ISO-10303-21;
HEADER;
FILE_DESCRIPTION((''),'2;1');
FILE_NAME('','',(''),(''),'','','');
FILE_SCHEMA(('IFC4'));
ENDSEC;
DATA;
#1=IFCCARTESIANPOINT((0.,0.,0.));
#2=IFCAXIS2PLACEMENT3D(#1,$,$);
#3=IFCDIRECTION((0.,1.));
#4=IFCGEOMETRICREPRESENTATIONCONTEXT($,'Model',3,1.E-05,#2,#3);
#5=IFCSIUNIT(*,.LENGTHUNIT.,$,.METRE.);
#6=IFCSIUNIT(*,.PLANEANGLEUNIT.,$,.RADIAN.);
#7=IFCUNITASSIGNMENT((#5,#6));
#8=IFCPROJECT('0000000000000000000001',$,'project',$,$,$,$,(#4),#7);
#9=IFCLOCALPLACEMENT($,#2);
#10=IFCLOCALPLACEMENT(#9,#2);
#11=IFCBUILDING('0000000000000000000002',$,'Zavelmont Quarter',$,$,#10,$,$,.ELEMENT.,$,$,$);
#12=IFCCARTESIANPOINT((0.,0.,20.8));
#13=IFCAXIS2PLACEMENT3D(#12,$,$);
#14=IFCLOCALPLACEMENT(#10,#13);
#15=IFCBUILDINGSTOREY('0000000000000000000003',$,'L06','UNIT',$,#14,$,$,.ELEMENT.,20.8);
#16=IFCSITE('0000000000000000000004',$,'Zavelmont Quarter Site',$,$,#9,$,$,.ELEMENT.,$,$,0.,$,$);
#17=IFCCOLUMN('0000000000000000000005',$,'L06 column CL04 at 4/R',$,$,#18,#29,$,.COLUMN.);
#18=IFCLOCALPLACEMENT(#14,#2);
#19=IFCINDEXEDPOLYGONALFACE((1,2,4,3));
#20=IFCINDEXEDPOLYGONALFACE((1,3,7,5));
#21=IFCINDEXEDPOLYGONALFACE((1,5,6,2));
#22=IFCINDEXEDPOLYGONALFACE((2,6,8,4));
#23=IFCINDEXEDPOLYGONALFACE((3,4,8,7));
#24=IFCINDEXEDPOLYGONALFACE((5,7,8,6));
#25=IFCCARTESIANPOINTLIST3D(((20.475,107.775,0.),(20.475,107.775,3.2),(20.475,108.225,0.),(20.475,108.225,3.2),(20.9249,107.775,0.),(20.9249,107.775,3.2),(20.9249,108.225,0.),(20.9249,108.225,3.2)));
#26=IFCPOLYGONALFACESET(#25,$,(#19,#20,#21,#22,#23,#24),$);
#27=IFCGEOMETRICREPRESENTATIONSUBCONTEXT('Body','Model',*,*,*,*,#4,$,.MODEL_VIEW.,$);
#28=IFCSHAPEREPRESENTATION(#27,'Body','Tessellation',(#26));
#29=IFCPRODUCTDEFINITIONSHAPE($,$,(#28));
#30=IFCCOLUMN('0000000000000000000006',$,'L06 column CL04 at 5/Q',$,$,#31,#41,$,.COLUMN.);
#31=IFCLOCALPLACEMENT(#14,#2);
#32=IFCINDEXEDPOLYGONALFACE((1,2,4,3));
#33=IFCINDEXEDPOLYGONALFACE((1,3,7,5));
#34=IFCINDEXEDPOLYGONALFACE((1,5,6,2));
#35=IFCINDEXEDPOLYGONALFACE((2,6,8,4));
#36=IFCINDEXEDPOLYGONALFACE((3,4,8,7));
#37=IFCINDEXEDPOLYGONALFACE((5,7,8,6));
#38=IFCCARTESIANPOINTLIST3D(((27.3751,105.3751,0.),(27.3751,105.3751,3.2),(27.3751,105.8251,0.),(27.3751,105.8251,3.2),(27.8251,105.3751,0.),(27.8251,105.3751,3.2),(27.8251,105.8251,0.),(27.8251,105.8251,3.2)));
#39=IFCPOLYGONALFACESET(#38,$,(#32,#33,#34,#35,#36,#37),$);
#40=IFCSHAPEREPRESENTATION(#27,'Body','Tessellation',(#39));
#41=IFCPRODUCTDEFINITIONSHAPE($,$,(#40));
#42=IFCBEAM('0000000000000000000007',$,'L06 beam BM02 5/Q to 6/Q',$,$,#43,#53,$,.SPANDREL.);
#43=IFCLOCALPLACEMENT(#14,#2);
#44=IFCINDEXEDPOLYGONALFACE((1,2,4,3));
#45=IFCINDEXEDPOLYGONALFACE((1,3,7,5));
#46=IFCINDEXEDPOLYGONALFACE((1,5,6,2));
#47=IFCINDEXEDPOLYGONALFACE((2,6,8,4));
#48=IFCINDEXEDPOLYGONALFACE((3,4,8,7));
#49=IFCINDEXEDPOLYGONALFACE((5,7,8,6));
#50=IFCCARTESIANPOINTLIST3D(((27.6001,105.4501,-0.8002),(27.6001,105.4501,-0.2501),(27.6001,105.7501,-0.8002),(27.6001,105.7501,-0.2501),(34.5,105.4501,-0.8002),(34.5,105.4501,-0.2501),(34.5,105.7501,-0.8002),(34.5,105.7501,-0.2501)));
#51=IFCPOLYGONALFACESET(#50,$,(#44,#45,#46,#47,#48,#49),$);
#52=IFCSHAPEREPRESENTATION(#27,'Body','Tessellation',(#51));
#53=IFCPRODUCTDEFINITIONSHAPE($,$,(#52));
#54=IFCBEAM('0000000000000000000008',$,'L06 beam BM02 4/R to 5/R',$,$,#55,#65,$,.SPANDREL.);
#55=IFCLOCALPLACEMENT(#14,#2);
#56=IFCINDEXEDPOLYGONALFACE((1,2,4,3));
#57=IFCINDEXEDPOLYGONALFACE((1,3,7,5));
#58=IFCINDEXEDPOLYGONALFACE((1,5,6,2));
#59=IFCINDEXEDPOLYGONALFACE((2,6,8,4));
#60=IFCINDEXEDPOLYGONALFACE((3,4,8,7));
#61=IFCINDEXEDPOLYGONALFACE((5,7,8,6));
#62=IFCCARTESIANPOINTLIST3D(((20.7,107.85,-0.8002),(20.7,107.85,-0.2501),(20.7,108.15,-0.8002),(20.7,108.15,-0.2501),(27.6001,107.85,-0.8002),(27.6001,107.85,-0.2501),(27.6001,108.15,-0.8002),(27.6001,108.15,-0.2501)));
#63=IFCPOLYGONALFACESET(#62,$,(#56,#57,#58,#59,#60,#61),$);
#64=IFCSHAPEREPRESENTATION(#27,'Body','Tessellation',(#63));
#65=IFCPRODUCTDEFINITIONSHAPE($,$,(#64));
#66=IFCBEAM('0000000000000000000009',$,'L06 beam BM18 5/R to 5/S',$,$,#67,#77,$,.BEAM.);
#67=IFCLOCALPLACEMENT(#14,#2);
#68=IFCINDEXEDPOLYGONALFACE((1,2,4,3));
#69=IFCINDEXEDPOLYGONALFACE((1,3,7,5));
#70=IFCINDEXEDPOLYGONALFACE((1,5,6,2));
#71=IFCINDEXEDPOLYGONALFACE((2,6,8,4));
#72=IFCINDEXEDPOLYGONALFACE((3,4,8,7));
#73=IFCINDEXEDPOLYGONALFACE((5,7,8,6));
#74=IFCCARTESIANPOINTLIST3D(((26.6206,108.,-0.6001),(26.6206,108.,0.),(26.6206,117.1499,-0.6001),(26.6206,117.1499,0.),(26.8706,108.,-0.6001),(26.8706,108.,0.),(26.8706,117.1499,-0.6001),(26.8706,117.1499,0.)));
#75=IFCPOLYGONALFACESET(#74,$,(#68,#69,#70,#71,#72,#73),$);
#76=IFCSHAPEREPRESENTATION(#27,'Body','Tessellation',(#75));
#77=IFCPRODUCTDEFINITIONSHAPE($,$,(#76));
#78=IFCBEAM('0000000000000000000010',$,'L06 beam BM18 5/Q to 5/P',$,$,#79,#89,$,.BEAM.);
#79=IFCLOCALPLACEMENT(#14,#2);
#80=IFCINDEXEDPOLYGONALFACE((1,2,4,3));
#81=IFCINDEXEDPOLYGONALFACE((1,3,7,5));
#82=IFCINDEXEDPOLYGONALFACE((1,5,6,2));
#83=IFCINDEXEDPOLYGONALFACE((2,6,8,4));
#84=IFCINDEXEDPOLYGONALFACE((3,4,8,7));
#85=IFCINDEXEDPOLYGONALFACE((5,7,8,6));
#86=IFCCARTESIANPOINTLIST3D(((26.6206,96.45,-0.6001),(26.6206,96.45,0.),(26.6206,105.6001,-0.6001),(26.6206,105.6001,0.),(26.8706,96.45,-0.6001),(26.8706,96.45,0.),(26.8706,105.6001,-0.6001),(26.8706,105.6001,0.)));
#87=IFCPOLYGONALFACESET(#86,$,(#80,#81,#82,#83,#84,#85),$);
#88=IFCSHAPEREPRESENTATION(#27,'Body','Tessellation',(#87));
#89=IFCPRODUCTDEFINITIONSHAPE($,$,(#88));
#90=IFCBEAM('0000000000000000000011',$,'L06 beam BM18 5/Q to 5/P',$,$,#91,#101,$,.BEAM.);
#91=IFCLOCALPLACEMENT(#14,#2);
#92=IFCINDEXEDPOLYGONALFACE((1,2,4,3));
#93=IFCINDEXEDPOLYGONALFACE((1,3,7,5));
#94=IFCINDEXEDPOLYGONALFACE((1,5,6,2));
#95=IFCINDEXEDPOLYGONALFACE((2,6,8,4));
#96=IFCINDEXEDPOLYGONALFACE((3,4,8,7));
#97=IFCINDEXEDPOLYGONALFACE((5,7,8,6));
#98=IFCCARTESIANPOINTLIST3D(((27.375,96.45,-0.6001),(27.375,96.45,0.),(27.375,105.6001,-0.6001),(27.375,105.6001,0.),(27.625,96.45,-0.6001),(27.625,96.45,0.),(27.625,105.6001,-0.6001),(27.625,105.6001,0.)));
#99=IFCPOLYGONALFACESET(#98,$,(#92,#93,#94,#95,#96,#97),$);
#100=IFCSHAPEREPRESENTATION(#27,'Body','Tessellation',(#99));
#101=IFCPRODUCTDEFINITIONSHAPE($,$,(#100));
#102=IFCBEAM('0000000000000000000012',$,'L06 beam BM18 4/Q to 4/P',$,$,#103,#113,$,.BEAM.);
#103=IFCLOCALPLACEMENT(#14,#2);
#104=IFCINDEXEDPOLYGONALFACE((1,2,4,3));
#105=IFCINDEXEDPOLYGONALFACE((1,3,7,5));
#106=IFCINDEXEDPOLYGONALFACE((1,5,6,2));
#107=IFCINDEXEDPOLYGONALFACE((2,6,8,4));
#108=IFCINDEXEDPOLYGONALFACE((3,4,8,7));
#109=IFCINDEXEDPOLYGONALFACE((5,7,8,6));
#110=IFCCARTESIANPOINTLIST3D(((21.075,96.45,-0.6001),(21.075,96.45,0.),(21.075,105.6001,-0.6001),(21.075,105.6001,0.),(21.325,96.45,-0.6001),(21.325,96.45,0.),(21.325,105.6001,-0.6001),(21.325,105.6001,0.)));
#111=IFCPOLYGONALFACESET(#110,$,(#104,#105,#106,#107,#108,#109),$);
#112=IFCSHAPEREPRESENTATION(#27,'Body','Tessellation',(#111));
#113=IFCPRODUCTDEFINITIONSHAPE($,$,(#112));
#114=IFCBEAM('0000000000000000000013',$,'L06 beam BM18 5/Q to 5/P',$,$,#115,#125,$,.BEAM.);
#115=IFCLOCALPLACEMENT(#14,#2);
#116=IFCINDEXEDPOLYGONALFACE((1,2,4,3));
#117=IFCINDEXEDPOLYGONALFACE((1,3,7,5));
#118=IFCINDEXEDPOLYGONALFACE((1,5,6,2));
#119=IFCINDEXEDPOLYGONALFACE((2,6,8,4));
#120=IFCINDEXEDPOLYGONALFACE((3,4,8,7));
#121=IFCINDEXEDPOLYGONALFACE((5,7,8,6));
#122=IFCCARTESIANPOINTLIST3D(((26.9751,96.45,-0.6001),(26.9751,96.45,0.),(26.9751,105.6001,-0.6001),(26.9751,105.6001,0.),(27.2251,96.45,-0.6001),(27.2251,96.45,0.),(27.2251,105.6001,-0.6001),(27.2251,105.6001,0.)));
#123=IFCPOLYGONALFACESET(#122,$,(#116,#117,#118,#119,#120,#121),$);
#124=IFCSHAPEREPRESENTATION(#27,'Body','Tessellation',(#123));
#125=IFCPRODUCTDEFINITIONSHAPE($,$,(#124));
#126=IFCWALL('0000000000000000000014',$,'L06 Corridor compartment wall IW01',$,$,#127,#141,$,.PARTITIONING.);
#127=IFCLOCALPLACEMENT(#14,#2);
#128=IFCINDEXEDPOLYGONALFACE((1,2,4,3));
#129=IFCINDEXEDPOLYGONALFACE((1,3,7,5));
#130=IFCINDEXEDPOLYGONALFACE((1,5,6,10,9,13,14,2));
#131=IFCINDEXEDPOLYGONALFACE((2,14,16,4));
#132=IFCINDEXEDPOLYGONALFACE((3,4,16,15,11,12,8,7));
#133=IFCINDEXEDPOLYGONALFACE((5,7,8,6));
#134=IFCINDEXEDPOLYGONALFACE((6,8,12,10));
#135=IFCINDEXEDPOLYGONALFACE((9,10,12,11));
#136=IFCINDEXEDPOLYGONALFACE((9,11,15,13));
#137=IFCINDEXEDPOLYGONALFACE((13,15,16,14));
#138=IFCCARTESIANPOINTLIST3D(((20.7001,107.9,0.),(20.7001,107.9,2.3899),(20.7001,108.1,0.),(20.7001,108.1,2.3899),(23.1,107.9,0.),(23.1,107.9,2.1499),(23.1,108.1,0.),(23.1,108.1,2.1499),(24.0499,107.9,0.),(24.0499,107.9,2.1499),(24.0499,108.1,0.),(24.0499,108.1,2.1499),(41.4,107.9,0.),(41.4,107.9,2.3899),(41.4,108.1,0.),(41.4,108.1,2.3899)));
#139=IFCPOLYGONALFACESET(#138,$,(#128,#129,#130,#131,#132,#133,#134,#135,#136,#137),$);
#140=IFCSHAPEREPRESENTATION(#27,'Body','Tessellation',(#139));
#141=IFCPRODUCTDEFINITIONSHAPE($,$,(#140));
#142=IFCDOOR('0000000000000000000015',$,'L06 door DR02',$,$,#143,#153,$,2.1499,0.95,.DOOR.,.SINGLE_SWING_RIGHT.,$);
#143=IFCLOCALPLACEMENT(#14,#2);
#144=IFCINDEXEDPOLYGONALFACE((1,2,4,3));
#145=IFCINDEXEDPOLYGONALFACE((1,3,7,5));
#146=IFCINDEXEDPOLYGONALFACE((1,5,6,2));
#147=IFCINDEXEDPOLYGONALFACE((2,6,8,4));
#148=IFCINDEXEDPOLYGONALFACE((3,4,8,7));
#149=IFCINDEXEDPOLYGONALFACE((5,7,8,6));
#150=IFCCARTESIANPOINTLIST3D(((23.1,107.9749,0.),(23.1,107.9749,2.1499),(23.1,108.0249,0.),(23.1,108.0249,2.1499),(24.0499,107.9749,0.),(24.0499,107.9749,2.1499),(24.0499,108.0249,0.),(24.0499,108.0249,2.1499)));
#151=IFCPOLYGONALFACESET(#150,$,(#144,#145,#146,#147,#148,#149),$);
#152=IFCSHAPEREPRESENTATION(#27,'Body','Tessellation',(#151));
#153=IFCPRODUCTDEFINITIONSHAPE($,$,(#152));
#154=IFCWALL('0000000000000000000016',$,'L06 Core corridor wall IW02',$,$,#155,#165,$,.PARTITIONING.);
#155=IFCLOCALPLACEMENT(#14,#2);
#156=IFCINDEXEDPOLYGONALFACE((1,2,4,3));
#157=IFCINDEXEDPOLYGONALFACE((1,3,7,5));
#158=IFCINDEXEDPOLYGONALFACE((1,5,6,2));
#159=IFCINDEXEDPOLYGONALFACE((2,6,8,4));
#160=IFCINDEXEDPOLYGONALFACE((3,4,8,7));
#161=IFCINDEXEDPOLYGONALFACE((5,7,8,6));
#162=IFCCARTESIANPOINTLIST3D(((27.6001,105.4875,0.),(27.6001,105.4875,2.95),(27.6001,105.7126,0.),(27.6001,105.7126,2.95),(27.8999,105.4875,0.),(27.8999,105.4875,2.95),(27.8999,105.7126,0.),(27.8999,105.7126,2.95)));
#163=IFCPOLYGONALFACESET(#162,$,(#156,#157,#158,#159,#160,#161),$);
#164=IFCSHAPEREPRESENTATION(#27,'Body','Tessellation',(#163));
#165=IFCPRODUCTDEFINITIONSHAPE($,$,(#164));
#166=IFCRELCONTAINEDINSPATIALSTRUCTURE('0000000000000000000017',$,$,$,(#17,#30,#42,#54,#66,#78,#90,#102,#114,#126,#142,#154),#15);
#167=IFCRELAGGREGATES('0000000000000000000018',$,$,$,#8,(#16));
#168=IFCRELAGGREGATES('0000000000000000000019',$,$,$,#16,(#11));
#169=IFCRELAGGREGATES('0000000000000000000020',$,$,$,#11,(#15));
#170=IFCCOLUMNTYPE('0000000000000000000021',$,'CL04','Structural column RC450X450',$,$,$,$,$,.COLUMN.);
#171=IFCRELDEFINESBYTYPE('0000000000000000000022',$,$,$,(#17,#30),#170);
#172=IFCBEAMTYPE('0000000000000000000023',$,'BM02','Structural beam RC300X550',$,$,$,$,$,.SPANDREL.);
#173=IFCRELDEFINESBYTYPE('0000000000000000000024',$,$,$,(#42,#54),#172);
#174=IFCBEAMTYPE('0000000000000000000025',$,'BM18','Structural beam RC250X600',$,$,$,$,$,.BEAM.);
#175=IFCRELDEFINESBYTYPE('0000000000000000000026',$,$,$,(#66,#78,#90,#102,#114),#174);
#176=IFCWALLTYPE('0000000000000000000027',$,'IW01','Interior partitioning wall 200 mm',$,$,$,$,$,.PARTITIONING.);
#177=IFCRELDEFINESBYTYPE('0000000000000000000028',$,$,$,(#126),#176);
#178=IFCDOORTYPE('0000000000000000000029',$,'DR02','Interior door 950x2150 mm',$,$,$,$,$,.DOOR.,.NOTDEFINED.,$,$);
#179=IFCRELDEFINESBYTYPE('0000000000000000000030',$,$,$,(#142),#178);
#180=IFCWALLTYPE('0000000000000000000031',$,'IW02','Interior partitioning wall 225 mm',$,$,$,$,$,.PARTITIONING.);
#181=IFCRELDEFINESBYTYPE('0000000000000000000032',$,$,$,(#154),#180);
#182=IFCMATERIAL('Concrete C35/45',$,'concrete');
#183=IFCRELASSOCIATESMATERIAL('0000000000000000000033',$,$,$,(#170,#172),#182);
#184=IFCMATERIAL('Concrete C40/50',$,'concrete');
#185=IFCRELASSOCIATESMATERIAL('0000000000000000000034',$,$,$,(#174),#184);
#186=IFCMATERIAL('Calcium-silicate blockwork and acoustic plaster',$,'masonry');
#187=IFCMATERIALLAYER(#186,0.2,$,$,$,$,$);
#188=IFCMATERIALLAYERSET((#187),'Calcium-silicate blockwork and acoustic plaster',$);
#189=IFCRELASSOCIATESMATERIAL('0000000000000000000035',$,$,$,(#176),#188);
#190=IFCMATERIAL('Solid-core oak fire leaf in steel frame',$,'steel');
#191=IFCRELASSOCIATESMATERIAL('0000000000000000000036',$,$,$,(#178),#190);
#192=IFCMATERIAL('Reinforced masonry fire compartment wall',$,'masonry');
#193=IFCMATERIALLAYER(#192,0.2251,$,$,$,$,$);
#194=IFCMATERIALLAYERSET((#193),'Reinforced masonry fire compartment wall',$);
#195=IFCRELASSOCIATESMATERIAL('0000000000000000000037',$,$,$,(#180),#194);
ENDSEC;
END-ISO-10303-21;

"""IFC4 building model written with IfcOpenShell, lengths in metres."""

from ifc_helpers import new_model, si_unit, direction, frame, frame_2d, origin, origin_with_axes, origin_2d, place, context, subcontext, project, spatial, rectangle, extrude, material, layer, layer_set, material_profile, profile_set, type_object, element, fill, save


model = new_model("IFC4")

# Units and contexts
model_context = context("Model", 3, precision=1e-05, world=origin(), true_north=direction((0.0, 1.0)))
body_context = subcontext(model_context, "Body", "Model", "MODEL_VIEW")
ifc_project = project(units=[si_unit("LENGTHUNIT", "METRE"), si_unit("PLANEANGLEUNIT", "RADIAN")], contexts=[model_context])

# Site, building, storey
site_placement = place(None, origin())
site = spatial("IfcSite", under=ifc_project, at=site_placement, Name="Zavelmont Quarter Site", CompositionType="ELEMENT", RefElevation=0.0)
building_placement = place(site_placement, origin())
building = spatial("IfcBuilding", under=site, at=building_placement, Name="Zavelmont Quarter", CompositionType="ELEMENT")
storey_placement = place(building_placement, frame((0.0, 0.0, 20.8)))
storey = spatial("IfcBuildingStorey", under=building, at=storey_placement, Name="L06", Description="UNIT", CompositionType="ELEMENT", Elevation=20.8)

# Columns
ifc_material_1 = material(Name="Concrete C35/45", Category="concrete")
ifc_material_profile_1 = material_profile(ifc_material_1, rectangle(XDim=0.45, YDim=0.45, at=origin_2d()), Name="RC450X450")
ifc_profile_set_1 = profile_set([ifc_material_profile_1], Name="Concrete C35/45")
column_type = type_object("IfcColumnType", Name="CL04", Description="Structural column RC450X450", PredefinedType="COLUMN", material=ifc_profile_set_1)
for number, where, z_axis, x_axis, name in (
    (1, (20.7, 108.0, 0.0), (0.0, 0.0, 1.0), (1.0, 0.0, 0.0), "L06 column CL04 at 4/R"),
    (2, (27.6001, 105.6001, 0.0), (0.0, 0.0, 1.0), (1.0, 0.0, 0.0), "L06 column CL04 at 5/Q"),
):
    element("IfcColumn", number, at=place(storey_placement, frame(where, z_axis=z_axis, x_axis=x_axis)), inside=storey, type_object=column_type, Name=name, PredefinedType="COLUMN", context=body_context, shape_type="SweptSolid", body=[
        extrude(rectangle(XDim=0.45, YDim=0.45, at=origin_2d()), origin(), (0.0, 0.0, 1.0), 3.2),
    ])

# Beams
ifc_material_profile_2 = material_profile(ifc_material_1, rectangle(XDim=0.3, YDim=0.55, at=origin_2d()), Name="RC300X550")
ifc_profile_set_2 = profile_set([ifc_material_profile_2], Name="Concrete C35/45")
beam_type_1 = type_object("IfcBeamType", Name="BM02", Description="Structural beam RC300X550", PredefinedType="SPANDREL", material=ifc_profile_set_2)
beam_1_placement = place(storey_placement, frame((27.6001, 105.6001, -0.5251), z_axis=(1.0, 0.0, 0.0), x_axis=(0.0, 1.0, 0.0)))
element("IfcBeam", 3, at=beam_1_placement, inside=storey, type_object=beam_type_1, Name="L06 beam BM02 5/Q to 6/Q", PredefinedType="SPANDREL", context=body_context, shape_type="SweptSolid", body=[
    extrude(rectangle(XDim=0.3, YDim=0.55, at=origin_2d()), origin(), (0.0, 0.0, 1.0), 6.8999),
])
beam_2_placement = place(storey_placement, frame((20.7, 108.0, -0.5251), z_axis=(1.0, 0.0, 0.0), x_axis=(0.0, 1.0, 0.0)))
element("IfcBeam", 4, at=beam_2_placement, inside=storey, type_object=beam_type_1, Name="L06 beam BM02 4/R to 5/R", PredefinedType="SPANDREL", context=body_context, shape_type="SweptSolid", body=[
    extrude(rectangle(XDim=0.3, YDim=0.55, at=origin_2d()), origin(), (0.0, 0.0, 1.0), 6.9001),
])
ifc_material_2 = material(Name="Concrete C40/50", Category="concrete")
ifc_material_profile_3 = material_profile(ifc_material_2, rectangle(XDim=0.25, YDim=0.6001, at=origin_2d()), Name="RC250X600")
ifc_profile_set_3 = profile_set([ifc_material_profile_3], Name="Concrete C40/50")
beam_type_2 = type_object("IfcBeamType", Name="BM18", Description="Structural beam RC250X600", PredefinedType="BEAM", material=ifc_profile_set_3)
beam_3_placement = place(storey_placement, frame((26.7456, 108.0, -0.3), z_axis=(0.0, 1.0, 0.0), x_axis=(-1.0, 0.0, 0.0)))
element("IfcBeam", 5, at=beam_3_placement, inside=storey, type_object=beam_type_2, Name="L06 beam BM18 5/R to 5/S", PredefinedType="BEAM", context=body_context, shape_type="SweptSolid", body=[
    extrude(rectangle(XDim=0.25, YDim=0.6001, at=origin_2d()), origin(), (0.0, 0.0, 1.0), 9.1499),
])
for number, where, z_axis, x_axis, name in (
    (6, (26.7456, 105.6001, -0.3), (0.0, -1.0, 0.0), (1.0, 0.0, 0.0), "L06 beam BM18 5/Q to 5/P"),
    (7, (27.5, 105.6001, -0.3), (0.0, -1.0, 0.0), (1.0, 0.0, 0.0), "L06 beam BM18 5/Q to 5/P"),
    (8, (21.2, 105.6001, -0.3), (0.0, -1.0, 0.0), (1.0, 0.0, 0.0), "L06 beam BM18 4/Q to 4/P"),
    (9, (27.1001, 105.6001, -0.3), (0.0, -1.0, 0.0), (1.0, 0.0, 0.0), "L06 beam BM18 5/Q to 5/P"),
):
    element("IfcBeam", number, at=place(storey_placement, frame(where, z_axis=z_axis, x_axis=x_axis)), inside=storey, type_object=beam_type_2, Name=name, PredefinedType="BEAM", context=body_context, shape_type="SweptSolid", body=[
        extrude(rectangle(XDim=0.25, YDim=0.6001, at=origin_2d()), origin(), (0.0, 0.0, 1.0), 9.1501),
    ])

# Wall, opening, door
ifc_material_3 = material(Name="Calcium-silicate blockwork and acoustic plaster", Category="masonry")
ifc_layer_1 = layer(ifc_material_3, 0.2)
ifc_layer_set_1 = layer_set([ifc_layer_1], Name="Calcium-silicate blockwork and acoustic plaster")
wall_type_1 = type_object("IfcWallType", Name="IW01", Description="Interior partitioning wall 200 mm", PredefinedType="PARTITIONING", material=ifc_layer_set_1)
wall_1_placement = place(storey_placement, frame((20.7, 108.0, 0.0), z_axis=(0.0, 0.0, 1.0), x_axis=(1.0, 0.0, 0.0)))
wall_1 = element("IfcWall", 10, at=wall_1_placement, inside=storey, type_object=wall_type_1, Name="L06 Corridor compartment wall IW01", PredefinedType="PARTITIONING", context=body_context, shape_type="SweptSolid", body=[
    extrude(rectangle(XDim=20.7, YDim=0.2, at=frame_2d((10.3501, 0.0))), origin(), (0.0, 0.0, 1.0), 2.3899),
])
opening_1_placement = place(wall_1_placement, frame((2.3999, 0.0, 0.0)))
opening_1 = element("IfcOpeningElement", 11, at=opening_1_placement, cuts=wall_1, PredefinedType="OPENING", context=body_context, shape_type="SweptSolid", body=[
    extrude(rectangle(XDim=0.95, YDim=2.1499, at=frame_2d((0.4751, 1.075))), frame((0.0, 0.1118, 0.0), z_axis=(0.0, -1.0, 0.0), x_axis=(1.0, 0.0, 0.0)), (0.0, 0.0, 1.0), 0.2239),
])
ifc_material_4 = material(Name="Solid-core oak fire leaf in steel frame", Category="steel")
door_type_1 = type_object("IfcDoorType", Name="DR02", Description="Interior door 950x2150 mm", OperationType="NOTDEFINED", PredefinedType="DOOR", material=ifc_material_4)
door_1_placement = place(opening_1_placement, origin_with_axes())
door_1 = element("IfcDoor", 12, at=door_1_placement, inside=storey, type_object=door_type_1, Name="L06 door DR02", OperationType="SINGLE_SWING_RIGHT", OverallHeight=2.1499, OverallWidth=0.95, PredefinedType="DOOR", context=body_context, shape_type="SweptSolid", body=[
    extrude(rectangle(XDim=0.95, YDim=2.1499, at=frame_2d((0.4751, 1.075))), frame((0.0, 0.0249, 0.0), z_axis=(0.0, -1.0, 0.0), x_axis=(1.0, 0.0, 0.0)), (0.0, 0.0, 1.0), 0.05),
])
fill(opening_1, door_1)

# Wall
ifc_material_5 = material(Name="Reinforced masonry fire compartment wall", Category="masonry")
ifc_layer_2 = layer(ifc_material_5, 0.2251)
ifc_layer_set_2 = layer_set([ifc_layer_2], Name="Reinforced masonry fire compartment wall")
wall_type_2 = type_object("IfcWallType", Name="IW02", Description="Interior partitioning wall 225 mm", PredefinedType="PARTITIONING", material=ifc_layer_set_2)
wall_2_placement = place(storey_placement, frame((27.6001, 105.6001, 0.0), z_axis=(0.0, 0.0, 1.0), x_axis=(1.0, 0.0, 0.0)))
element("IfcWall", 13, at=wall_2_placement, inside=storey, type_object=wall_type_2, Name="L06 Core corridor wall IW02", PredefinedType="PARTITIONING", context=body_context, shape_type="SweptSolid", body=[
    extrude(rectangle(XDim=0.2998, YDim=0.2251, at=frame_2d((0.1499, 0.0))), origin(), (0.0, 0.0, 1.0), 2.95),
])

save(model, "model.ifc")
